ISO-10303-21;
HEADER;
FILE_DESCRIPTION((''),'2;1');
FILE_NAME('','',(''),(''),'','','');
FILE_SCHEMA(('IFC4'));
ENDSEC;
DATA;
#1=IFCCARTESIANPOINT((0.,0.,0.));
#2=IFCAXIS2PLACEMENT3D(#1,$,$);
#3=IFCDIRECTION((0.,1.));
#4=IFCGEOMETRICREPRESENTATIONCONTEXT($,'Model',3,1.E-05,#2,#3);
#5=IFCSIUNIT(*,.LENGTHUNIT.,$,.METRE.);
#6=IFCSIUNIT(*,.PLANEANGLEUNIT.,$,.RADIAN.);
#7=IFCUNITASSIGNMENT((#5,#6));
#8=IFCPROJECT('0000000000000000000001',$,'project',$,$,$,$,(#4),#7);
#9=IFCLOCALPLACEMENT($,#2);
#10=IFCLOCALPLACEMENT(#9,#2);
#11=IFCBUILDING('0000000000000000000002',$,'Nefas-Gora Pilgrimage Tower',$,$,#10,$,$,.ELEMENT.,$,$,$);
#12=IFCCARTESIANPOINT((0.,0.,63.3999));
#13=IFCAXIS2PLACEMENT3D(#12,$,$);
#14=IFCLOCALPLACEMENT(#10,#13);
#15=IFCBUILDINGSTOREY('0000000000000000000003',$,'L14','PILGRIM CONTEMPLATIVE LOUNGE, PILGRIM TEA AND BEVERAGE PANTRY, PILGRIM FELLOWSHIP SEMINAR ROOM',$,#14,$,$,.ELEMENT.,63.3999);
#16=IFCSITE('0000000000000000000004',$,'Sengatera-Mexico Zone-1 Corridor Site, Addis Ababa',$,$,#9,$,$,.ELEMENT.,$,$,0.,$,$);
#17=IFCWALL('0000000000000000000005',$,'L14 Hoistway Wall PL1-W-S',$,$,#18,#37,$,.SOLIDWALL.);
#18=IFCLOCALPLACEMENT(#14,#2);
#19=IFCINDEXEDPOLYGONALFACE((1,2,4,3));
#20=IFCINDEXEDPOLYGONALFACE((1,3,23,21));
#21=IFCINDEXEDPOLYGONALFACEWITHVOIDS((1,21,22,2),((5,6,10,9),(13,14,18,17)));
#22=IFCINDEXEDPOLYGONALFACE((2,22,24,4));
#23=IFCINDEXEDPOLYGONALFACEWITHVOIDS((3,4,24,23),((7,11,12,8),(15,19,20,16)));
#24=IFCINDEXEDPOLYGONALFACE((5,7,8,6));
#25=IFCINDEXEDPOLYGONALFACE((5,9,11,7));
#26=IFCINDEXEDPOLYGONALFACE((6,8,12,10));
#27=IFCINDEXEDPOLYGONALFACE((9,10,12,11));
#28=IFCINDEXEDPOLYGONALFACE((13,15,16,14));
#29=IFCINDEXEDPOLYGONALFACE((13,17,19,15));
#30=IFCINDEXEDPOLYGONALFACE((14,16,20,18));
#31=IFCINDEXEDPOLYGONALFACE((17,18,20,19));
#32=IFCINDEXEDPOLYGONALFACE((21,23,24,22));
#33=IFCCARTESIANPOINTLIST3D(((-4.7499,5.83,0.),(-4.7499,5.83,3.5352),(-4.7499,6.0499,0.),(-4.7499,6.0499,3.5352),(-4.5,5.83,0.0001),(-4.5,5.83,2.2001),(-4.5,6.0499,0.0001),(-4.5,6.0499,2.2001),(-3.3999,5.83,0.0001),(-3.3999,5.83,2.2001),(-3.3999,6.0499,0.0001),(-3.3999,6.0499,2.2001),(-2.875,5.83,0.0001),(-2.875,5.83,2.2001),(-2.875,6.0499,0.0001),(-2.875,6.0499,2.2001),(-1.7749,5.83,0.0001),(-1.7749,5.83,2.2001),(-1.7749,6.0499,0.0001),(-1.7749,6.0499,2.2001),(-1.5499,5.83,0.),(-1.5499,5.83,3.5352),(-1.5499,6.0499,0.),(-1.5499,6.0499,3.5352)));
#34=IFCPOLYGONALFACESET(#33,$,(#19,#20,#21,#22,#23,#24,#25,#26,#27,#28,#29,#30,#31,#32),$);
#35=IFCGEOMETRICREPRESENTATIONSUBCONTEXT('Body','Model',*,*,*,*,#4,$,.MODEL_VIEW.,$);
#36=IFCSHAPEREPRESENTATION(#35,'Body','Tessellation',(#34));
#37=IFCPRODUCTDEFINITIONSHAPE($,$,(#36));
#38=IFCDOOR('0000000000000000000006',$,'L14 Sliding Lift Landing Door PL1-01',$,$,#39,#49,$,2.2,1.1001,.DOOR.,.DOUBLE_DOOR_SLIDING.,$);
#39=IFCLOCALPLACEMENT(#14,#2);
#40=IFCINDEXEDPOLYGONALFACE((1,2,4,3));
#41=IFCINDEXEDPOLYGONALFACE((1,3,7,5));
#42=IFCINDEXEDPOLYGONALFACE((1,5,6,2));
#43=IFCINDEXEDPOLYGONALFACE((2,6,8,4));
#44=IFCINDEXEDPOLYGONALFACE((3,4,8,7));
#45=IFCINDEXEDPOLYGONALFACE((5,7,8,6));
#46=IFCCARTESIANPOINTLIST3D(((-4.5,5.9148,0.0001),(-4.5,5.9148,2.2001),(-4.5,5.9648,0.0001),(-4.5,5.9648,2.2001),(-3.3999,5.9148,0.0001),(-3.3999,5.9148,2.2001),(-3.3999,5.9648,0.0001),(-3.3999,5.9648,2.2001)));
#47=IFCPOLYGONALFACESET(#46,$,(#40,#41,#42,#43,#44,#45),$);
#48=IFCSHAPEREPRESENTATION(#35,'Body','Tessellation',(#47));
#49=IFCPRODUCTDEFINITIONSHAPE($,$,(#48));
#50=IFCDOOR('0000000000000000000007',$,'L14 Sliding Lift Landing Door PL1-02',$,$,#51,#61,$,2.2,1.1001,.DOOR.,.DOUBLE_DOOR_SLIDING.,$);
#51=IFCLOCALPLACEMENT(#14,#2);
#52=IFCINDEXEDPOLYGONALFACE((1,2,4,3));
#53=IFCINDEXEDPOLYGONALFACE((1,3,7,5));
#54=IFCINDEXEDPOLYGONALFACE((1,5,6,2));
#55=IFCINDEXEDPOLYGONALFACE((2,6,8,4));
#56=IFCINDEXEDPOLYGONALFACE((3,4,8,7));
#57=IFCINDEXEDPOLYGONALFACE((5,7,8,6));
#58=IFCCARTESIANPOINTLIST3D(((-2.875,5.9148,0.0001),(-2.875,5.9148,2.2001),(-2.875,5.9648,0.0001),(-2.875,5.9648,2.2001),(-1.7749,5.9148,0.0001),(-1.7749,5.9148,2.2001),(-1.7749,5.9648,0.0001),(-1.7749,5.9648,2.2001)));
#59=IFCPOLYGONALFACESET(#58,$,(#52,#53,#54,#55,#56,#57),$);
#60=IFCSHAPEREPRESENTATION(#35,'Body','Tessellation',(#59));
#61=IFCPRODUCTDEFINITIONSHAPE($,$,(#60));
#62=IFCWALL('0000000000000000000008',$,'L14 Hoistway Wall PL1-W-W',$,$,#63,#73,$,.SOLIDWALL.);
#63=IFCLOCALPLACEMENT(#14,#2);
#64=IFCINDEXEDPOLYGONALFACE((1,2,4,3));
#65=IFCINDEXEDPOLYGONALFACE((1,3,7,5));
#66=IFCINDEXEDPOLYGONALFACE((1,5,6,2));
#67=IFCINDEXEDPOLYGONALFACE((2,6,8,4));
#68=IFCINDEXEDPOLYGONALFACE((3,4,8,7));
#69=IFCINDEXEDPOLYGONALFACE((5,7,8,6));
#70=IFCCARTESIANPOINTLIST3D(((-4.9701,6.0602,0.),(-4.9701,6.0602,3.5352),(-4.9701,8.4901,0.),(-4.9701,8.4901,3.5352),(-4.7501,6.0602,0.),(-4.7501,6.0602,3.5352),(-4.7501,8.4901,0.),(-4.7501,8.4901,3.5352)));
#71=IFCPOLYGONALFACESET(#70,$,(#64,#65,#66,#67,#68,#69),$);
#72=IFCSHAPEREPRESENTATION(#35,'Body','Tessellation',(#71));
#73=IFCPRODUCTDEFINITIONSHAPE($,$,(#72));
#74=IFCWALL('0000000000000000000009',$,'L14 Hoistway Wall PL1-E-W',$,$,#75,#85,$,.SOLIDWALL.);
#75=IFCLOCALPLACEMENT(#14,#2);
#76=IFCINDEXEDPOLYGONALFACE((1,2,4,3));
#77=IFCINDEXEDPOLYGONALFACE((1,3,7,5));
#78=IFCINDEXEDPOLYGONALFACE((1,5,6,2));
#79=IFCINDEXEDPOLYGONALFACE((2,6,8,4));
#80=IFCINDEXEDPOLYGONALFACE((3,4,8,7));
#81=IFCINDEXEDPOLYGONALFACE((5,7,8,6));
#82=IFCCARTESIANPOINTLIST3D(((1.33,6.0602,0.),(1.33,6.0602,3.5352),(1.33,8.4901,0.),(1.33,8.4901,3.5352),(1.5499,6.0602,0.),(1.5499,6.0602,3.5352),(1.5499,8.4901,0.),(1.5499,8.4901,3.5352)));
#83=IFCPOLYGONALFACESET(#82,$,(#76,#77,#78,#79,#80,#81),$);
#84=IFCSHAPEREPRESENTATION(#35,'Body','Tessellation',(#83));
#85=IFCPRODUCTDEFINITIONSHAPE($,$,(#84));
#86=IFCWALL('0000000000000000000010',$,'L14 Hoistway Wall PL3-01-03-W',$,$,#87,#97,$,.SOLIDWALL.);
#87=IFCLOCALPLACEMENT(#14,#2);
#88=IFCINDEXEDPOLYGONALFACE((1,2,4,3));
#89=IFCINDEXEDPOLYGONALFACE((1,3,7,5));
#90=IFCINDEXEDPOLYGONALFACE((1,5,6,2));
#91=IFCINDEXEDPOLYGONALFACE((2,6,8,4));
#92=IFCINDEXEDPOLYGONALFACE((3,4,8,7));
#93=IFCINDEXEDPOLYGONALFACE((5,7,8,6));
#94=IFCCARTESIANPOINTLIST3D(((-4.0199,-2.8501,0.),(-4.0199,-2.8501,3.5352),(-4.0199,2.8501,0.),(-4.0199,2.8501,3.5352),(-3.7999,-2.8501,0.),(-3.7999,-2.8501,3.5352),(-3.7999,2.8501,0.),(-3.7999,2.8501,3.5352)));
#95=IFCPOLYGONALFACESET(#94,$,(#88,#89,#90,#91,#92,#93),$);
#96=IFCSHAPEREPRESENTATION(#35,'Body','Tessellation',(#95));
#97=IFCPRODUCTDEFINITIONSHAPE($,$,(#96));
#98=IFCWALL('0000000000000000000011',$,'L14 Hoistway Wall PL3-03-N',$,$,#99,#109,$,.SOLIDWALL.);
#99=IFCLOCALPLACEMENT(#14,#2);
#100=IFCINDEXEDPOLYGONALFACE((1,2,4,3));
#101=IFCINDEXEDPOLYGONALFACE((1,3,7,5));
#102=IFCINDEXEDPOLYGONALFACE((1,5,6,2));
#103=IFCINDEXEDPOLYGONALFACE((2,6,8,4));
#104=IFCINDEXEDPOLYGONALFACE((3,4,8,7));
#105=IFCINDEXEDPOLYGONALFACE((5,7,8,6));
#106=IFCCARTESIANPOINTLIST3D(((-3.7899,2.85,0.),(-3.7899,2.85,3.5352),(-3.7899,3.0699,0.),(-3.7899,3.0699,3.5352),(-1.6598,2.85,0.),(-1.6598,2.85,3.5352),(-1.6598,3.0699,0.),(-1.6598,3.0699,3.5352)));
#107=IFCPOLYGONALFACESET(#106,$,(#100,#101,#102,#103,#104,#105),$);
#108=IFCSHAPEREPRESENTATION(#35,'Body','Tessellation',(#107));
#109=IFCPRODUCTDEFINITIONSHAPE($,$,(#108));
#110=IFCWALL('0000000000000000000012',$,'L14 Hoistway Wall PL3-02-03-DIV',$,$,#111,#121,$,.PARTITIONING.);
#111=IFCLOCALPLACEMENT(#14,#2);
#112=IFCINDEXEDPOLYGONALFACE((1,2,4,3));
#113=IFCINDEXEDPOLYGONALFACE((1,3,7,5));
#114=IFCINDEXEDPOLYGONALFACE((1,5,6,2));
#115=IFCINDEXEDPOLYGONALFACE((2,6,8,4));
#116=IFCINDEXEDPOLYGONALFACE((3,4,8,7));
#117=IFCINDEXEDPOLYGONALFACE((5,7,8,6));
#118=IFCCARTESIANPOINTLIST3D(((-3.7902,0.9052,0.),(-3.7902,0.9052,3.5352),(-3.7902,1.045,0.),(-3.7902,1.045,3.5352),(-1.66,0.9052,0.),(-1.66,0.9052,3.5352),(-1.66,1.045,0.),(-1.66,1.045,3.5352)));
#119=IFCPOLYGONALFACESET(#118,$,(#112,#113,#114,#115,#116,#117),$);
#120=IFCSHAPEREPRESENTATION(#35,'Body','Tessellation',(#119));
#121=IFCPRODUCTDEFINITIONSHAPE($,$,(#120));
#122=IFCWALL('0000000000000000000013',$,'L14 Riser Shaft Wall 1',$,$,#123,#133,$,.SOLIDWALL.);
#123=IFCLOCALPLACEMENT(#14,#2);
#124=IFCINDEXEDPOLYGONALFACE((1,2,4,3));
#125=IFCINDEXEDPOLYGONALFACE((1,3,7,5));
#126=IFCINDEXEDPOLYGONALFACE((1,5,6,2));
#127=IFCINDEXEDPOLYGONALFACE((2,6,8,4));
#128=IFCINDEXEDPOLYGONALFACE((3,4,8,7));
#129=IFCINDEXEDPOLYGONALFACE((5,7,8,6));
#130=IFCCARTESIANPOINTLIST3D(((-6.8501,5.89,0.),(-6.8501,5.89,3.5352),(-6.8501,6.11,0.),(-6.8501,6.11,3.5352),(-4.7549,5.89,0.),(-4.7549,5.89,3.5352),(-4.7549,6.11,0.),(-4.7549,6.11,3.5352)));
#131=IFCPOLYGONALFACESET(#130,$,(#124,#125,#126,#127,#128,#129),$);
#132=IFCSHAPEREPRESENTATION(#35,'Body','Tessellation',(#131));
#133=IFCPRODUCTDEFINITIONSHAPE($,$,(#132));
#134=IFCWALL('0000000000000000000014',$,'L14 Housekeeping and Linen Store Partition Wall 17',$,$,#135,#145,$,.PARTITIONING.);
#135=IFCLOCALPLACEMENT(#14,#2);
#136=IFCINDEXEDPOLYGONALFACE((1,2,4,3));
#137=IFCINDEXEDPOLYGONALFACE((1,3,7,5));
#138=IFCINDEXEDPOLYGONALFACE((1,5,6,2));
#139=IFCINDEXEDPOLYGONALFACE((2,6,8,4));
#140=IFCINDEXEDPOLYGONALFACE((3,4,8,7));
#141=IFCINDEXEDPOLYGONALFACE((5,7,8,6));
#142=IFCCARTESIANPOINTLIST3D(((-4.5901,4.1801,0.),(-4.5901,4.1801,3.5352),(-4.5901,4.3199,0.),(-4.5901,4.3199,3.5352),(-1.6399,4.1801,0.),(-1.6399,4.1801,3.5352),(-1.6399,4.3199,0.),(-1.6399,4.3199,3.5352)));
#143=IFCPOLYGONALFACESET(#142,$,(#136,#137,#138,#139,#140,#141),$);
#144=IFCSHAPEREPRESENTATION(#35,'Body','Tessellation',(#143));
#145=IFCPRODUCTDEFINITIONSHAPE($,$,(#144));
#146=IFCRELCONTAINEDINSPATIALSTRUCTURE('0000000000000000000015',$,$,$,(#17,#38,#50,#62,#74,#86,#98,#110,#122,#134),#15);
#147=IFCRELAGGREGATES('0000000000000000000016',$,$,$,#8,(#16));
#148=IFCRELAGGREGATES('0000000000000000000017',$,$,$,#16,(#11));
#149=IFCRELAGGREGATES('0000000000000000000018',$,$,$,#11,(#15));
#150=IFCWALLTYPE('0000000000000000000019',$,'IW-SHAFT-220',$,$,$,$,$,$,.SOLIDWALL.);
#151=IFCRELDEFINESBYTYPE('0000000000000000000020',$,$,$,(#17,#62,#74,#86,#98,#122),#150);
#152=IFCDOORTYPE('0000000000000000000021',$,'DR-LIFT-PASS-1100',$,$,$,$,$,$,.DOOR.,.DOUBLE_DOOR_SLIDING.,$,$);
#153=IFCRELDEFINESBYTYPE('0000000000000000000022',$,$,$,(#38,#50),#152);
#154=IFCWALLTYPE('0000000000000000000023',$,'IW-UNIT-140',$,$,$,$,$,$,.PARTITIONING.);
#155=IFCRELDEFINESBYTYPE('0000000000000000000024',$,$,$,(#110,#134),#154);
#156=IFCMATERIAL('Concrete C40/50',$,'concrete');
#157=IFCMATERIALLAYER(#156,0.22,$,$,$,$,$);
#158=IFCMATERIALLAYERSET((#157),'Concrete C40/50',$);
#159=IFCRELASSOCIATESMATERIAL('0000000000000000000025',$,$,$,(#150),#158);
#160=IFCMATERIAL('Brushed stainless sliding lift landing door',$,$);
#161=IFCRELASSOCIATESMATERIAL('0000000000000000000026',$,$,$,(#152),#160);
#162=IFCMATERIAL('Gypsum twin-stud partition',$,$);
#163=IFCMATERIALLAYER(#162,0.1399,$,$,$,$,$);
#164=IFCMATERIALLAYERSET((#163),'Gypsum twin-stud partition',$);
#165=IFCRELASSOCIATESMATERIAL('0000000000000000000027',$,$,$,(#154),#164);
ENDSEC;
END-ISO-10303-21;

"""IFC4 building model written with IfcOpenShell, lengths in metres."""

from ifc_helpers import new_model, si_unit, direction, frame, frame_2d, origin, place, context, subcontext, project, spatial, rectangle, extrude, source, transform, mapped, material, layer, layer_set, type_object, element, fill, save


model = new_model("IFC4")

# Units and contexts
model_context = context("Model", 3, precision=1e-05, world=origin(), true_north=direction((0.0, 1.0)))
body_context = subcontext(model_context, "Body", "Model", "MODEL_VIEW")
ifc_project = project(units=[si_unit("LENGTHUNIT", "METRE"), si_unit("PLANEANGLEUNIT", "RADIAN")], contexts=[model_context])

# Site, building, storey
site_placement = place(None, origin())
site = spatial("IfcSite", under=ifc_project, at=site_placement, Name="Sengatera-Mexico Zone-1 Corridor Site, Addis Ababa", CompositionType="ELEMENT", RefElevation=0.0)
building_placement = place(site_placement, origin())
building = spatial("IfcBuilding", under=site, at=building_placement, Name="Nefas-Gora Pilgrimage Tower", CompositionType="ELEMENT")
storey_placement = place(building_placement, frame((0.0, 0.0, 63.3999)))
storey = spatial("IfcBuildingStorey", under=building, at=storey_placement, Name="L14", Description="PILGRIM CONTEMPLATIVE LOUNGE, PILGRIM TEA AND BEVERAGE PANTRY, PILGRIM FELLOWSHIP SEMINAR ROOM", CompositionType="ELEMENT", Elevation=63.3999)

# Shared definitions
ifc_material_1 = material(Name="Concrete C40/50", Category="concrete")

# Shared definitions
ifc_layer_1 = layer(ifc_material_1, 0.22)
ifc_layer_set_1 = layer_set([ifc_layer_1], Name="Concrete C40/50")
wall_type_1 = type_object("IfcWallType", Name="IW-SHAFT-220", PredefinedType="SOLIDWALL", material=ifc_layer_set_1)

# Wall, openings, doors
shared_shape_1 = source(origin(), body_context, "Body", "SweptSolid", [
    extrude(rectangle(XDim=3.2, YDim=0.22, at=frame_2d((1.6001, 0.0))), origin(), (0.0, 0.0, 1.0), 3.5352),
])
wall_1_placement = place(storey_placement, frame((-4.75, 5.9399, 0.0), z_axis=(0.0, 0.0, 1.0), x_axis=(1.0, 0.0, 0.0)))
wall_1 = element("IfcWall", 1, at=wall_1_placement, inside=storey, type_object=wall_type_1, Name="L14 Hoistway Wall PL1-W-S", PredefinedType="SOLIDWALL", context=body_context, shape_type="MappedRepresentation", body=[
    mapped(shared_shape_1, transform((0.0, 0.0, 0.0), x_axis=(1.0, 0.0, 0.0), y_axis=(0.0, 1.0, 0.0), z_axis=(0.0, 0.0, 1.0), scale=1.0)),
])
opening_1_placement = place(wall_1_placement, frame((0.25, 0.0, 0.0)))
opening_1 = element("IfcOpeningElement", 2, at=opening_1_placement, cuts=wall_1, PredefinedType="OPENING", context=body_context, shape_type="SweptSolid", body=[
    extrude(rectangle(XDim=1.1001, YDim=2.2, at=frame_2d((0.55, 1.1001))), frame((0.0, 0.1199, 0.0), z_axis=(0.0, -1.0, 0.0), x_axis=(1.0, 0.0, 0.0)), (0.0, 0.0, 1.0), 0.24),
])
opening_2_placement = place(wall_1_placement, frame((1.875, 0.0, 0.0)))
opening_2 = element("IfcOpeningElement", 3, at=opening_2_placement, cuts=wall_1, PredefinedType="OPENING", context=body_context, shape_type="SweptSolid", body=[
    extrude(rectangle(XDim=1.1001, YDim=2.2, at=frame_2d((0.55, 1.1001))), frame((0.0, 0.1199, 0.0), z_axis=(0.0, -1.0, 0.0), x_axis=(1.0, 0.0, 0.0)), (0.0, 0.0, 1.0), 0.24),
])
ifc_material_2 = material(Name="Brushed stainless sliding lift landing door")
door_type_1 = type_object("IfcDoorType", Name="DR-LIFT-PASS-1100", OperationType="DOUBLE_DOOR_SLIDING", PredefinedType="DOOR", material=ifc_material_2)
shared_shape_2 = source(origin(), body_context, "Body", "SweptSolid", [
    extrude(rectangle(XDim=1.1001, YDim=2.2, at=frame_2d((0.55, 1.1001))), frame((0.0, 0.0249, 0.0), z_axis=(0.0, -1.0, 0.0), x_axis=(1.0, 0.0, 0.0)), (0.0, 0.0, 1.0), 0.05),
])
door_1_placement = place(opening_1_placement, origin())
door_1 = element("IfcDoor", 4, at=door_1_placement, inside=storey, type_object=door_type_1, Name="L14 Sliding Lift Landing Door PL1-01", OperationType="DOUBLE_DOOR_SLIDING", OverallHeight=2.2, OverallWidth=1.1001, PredefinedType="DOOR", context=body_context, shape_type="MappedRepresentation", body=[
    mapped(shared_shape_2, transform((0.0, 0.0, 0.0), x_axis=(1.0, 0.0, 0.0), y_axis=(0.0, 1.0, 0.0), z_axis=(0.0, 0.0, 1.0), scale=1.0)),
])
fill(opening_1, door_1)
door_2_placement = place(opening_2_placement, origin())
door_2 = element("IfcDoor", 5, at=door_2_placement, inside=storey, type_object=door_type_1, Name="L14 Sliding Lift Landing Door PL1-02", OperationType="DOUBLE_DOOR_SLIDING", OverallHeight=2.2, OverallWidth=1.1001, PredefinedType="DOOR", context=body_context, shape_type="MappedRepresentation", body=[
    mapped(shared_shape_2, transform((0.0, 0.0, 0.0), x_axis=(1.0, 0.0, 0.0), y_axis=(0.0, 1.0, 0.0), z_axis=(0.0, 0.0, 1.0), scale=1.0)),
])
fill(opening_2, door_2)

# Walls
shared_shape_3 = source(origin(), body_context, "Body", "SweptSolid", [
    extrude(rectangle(XDim=2.4299, YDim=0.22, at=frame_2d((1.2148, 0.0))), origin(), (0.0, 0.0, 1.0), 3.5352),
])
for number, where, z_axis, x_axis, name in (
    (6, (-4.8601, 8.49, 0.0), (0.0, 0.0, 1.0), (0.0, -1.0, 0.0), "L14 Hoistway Wall PL1-W-W"),
    (7, (1.4399, 8.49, 0.0), (0.0, 0.0, 1.0), (0.0, -1.0, 0.0), "L14 Hoistway Wall PL1-E-W"),
):
    element("IfcWall", number, at=place(storey_placement, frame(where, z_axis=z_axis, x_axis=x_axis)), inside=storey, type_object=wall_type_1, Name=name, PredefinedType="SOLIDWALL", context=body_context, shape_type="MappedRepresentation", body=[
        mapped(shared_shape_3, transform((0.0, 0.0, 0.0), x_axis=(1.0, 0.0, 0.0), y_axis=(0.0, 1.0, 0.0), z_axis=(0.0, 0.0, 1.0), scale=1.0)),
    ])
ifc_material_3 = material(Name="Gypsum twin-stud partition")
ifc_layer_2 = layer(ifc_material_3, 0.1399)
ifc_layer_set_2 = layer_set([ifc_layer_2], Name="Gypsum twin-stud partition")
wall_type_2 = type_object("IfcWallType", Name="IW-UNIT-140", PredefinedType="PARTITIONING", material=ifc_layer_set_2)
shared_shape_4 = source(origin(), body_context, "Body", "SweptSolid", [
    extrude(rectangle(XDim=5.7002, YDim=0.22, at=frame_2d((2.8501, 0.0))), origin(), (0.0, 0.0, 1.0), 3.5352),
])
wall_2_placement = place(storey_placement, frame((-3.9099, 2.8501, 0.0), z_axis=(0.0, 0.0, 1.0), x_axis=(0.0, -1.0, 0.0)))
element("IfcWall", 8, at=wall_2_placement, inside=storey, type_object=wall_type_1, Name="L14 Hoistway Wall PL3-01-03-W", PredefinedType="SOLIDWALL", context=body_context, shape_type="MappedRepresentation", body=[
    mapped(shared_shape_4, transform((0.0, 0.0, 0.0), x_axis=(1.0, 0.0, 0.0), y_axis=(0.0, 1.0, 0.0), z_axis=(0.0, 0.0, 1.0), scale=1.0)),
])
shared_shape_5 = source(origin(), body_context, "Body", "SweptSolid", [
    extrude(rectangle(XDim=2.1301, YDim=0.22, at=frame_2d((1.0649, 0.0))), origin(), (0.0, 0.0, 1.0), 3.5352),
])
wall_3_placement = place(storey_placement, frame((-1.6599, 2.96, 0.0), z_axis=(0.0, 0.0, 1.0), x_axis=(-1.0, 0.0, 0.0)))
element("IfcWall", 9, at=wall_3_placement, inside=storey, type_object=wall_type_1, Name="L14 Hoistway Wall PL3-03-N", PredefinedType="SOLIDWALL", context=body_context, shape_type="MappedRepresentation", body=[
    mapped(shared_shape_5, transform((0.0, 0.0, 0.0), x_axis=(1.0, 0.0, 0.0), y_axis=(0.0, 1.0, 0.0), z_axis=(0.0, 0.0, 1.0), scale=1.0)),
])
shared_shape_6 = source(origin(), body_context, "Body", "SweptSolid", [
    extrude(rectangle(XDim=2.1301, YDim=0.1399, at=frame_2d((1.0649, 0.0))), origin(), (0.0, 0.0, 1.0), 3.5352),
])
wall_4_placement = place(storey_placement, frame((-3.79, 0.9751, 0.0), z_axis=(0.0, 0.0, 1.0), x_axis=(1.0, 0.0, 0.0)))
element("IfcWall", 10, at=wall_4_placement, inside=storey, type_object=wall_type_2, Name="L14 Hoistway Wall PL3-02-03-DIV", PredefinedType="PARTITIONING", context=body_context, shape_type="MappedRepresentation", body=[
    mapped(shared_shape_6, transform((0.0, 0.0, 0.0), x_axis=(1.0, 0.0, 0.0), y_axis=(0.0, 1.0, 0.0), z_axis=(0.0, 0.0, 1.0), scale=1.0)),
])
shared_shape_7 = source(origin(), body_context, "Body", "SweptSolid", [
    extrude(rectangle(XDim=2.0952, YDim=0.22, at=frame_2d((1.0476, 0.0))), origin(), (0.0, 0.0, 1.0), 3.5352),
])
wall_5_placement = place(storey_placement, frame((-6.8501, 6.0, 0.0), z_axis=(0.0, 0.0, 1.0), x_axis=(1.0, 0.0, 0.0)))
element("IfcWall", 11, at=wall_5_placement, inside=storey, type_object=wall_type_1, Name="L14 Riser Shaft Wall 1", PredefinedType="SOLIDWALL", context=body_context, shape_type="MappedRepresentation", body=[
    mapped(shared_shape_7, transform((0.0, 0.0, 0.0), x_axis=(1.0, 0.0, 0.0), y_axis=(0.0, 1.0, 0.0), z_axis=(0.0, 0.0, 1.0), scale=1.0)),
])
shared_shape_8 = source(origin(), body_context, "Body", "SweptSolid", [
    extrude(rectangle(XDim=2.9502, YDim=0.1399, at=frame_2d((1.4751, 0.0))), origin(), (0.0, 0.0, 1.0), 3.5352),
])
wall_6_placement = place(storey_placement, frame((-4.5901, 4.25, 0.0), z_axis=(0.0, 0.0, 1.0), x_axis=(1.0, 0.0, 0.0)))
element("IfcWall", 12, at=wall_6_placement, inside=storey, type_object=wall_type_2, Name="L14 Housekeeping and Linen Store Partition Wall 17", PredefinedType="PARTITIONING", context=body_context, shape_type="MappedRepresentation", body=[
    mapped(shared_shape_8, transform((0.0, 0.0, 0.0), x_axis=(1.0, 0.0, 0.0), y_axis=(0.0, 1.0, 0.0), z_axis=(0.0, 0.0, 1.0), scale=1.0)),
])

save(model, "model.ifc")
